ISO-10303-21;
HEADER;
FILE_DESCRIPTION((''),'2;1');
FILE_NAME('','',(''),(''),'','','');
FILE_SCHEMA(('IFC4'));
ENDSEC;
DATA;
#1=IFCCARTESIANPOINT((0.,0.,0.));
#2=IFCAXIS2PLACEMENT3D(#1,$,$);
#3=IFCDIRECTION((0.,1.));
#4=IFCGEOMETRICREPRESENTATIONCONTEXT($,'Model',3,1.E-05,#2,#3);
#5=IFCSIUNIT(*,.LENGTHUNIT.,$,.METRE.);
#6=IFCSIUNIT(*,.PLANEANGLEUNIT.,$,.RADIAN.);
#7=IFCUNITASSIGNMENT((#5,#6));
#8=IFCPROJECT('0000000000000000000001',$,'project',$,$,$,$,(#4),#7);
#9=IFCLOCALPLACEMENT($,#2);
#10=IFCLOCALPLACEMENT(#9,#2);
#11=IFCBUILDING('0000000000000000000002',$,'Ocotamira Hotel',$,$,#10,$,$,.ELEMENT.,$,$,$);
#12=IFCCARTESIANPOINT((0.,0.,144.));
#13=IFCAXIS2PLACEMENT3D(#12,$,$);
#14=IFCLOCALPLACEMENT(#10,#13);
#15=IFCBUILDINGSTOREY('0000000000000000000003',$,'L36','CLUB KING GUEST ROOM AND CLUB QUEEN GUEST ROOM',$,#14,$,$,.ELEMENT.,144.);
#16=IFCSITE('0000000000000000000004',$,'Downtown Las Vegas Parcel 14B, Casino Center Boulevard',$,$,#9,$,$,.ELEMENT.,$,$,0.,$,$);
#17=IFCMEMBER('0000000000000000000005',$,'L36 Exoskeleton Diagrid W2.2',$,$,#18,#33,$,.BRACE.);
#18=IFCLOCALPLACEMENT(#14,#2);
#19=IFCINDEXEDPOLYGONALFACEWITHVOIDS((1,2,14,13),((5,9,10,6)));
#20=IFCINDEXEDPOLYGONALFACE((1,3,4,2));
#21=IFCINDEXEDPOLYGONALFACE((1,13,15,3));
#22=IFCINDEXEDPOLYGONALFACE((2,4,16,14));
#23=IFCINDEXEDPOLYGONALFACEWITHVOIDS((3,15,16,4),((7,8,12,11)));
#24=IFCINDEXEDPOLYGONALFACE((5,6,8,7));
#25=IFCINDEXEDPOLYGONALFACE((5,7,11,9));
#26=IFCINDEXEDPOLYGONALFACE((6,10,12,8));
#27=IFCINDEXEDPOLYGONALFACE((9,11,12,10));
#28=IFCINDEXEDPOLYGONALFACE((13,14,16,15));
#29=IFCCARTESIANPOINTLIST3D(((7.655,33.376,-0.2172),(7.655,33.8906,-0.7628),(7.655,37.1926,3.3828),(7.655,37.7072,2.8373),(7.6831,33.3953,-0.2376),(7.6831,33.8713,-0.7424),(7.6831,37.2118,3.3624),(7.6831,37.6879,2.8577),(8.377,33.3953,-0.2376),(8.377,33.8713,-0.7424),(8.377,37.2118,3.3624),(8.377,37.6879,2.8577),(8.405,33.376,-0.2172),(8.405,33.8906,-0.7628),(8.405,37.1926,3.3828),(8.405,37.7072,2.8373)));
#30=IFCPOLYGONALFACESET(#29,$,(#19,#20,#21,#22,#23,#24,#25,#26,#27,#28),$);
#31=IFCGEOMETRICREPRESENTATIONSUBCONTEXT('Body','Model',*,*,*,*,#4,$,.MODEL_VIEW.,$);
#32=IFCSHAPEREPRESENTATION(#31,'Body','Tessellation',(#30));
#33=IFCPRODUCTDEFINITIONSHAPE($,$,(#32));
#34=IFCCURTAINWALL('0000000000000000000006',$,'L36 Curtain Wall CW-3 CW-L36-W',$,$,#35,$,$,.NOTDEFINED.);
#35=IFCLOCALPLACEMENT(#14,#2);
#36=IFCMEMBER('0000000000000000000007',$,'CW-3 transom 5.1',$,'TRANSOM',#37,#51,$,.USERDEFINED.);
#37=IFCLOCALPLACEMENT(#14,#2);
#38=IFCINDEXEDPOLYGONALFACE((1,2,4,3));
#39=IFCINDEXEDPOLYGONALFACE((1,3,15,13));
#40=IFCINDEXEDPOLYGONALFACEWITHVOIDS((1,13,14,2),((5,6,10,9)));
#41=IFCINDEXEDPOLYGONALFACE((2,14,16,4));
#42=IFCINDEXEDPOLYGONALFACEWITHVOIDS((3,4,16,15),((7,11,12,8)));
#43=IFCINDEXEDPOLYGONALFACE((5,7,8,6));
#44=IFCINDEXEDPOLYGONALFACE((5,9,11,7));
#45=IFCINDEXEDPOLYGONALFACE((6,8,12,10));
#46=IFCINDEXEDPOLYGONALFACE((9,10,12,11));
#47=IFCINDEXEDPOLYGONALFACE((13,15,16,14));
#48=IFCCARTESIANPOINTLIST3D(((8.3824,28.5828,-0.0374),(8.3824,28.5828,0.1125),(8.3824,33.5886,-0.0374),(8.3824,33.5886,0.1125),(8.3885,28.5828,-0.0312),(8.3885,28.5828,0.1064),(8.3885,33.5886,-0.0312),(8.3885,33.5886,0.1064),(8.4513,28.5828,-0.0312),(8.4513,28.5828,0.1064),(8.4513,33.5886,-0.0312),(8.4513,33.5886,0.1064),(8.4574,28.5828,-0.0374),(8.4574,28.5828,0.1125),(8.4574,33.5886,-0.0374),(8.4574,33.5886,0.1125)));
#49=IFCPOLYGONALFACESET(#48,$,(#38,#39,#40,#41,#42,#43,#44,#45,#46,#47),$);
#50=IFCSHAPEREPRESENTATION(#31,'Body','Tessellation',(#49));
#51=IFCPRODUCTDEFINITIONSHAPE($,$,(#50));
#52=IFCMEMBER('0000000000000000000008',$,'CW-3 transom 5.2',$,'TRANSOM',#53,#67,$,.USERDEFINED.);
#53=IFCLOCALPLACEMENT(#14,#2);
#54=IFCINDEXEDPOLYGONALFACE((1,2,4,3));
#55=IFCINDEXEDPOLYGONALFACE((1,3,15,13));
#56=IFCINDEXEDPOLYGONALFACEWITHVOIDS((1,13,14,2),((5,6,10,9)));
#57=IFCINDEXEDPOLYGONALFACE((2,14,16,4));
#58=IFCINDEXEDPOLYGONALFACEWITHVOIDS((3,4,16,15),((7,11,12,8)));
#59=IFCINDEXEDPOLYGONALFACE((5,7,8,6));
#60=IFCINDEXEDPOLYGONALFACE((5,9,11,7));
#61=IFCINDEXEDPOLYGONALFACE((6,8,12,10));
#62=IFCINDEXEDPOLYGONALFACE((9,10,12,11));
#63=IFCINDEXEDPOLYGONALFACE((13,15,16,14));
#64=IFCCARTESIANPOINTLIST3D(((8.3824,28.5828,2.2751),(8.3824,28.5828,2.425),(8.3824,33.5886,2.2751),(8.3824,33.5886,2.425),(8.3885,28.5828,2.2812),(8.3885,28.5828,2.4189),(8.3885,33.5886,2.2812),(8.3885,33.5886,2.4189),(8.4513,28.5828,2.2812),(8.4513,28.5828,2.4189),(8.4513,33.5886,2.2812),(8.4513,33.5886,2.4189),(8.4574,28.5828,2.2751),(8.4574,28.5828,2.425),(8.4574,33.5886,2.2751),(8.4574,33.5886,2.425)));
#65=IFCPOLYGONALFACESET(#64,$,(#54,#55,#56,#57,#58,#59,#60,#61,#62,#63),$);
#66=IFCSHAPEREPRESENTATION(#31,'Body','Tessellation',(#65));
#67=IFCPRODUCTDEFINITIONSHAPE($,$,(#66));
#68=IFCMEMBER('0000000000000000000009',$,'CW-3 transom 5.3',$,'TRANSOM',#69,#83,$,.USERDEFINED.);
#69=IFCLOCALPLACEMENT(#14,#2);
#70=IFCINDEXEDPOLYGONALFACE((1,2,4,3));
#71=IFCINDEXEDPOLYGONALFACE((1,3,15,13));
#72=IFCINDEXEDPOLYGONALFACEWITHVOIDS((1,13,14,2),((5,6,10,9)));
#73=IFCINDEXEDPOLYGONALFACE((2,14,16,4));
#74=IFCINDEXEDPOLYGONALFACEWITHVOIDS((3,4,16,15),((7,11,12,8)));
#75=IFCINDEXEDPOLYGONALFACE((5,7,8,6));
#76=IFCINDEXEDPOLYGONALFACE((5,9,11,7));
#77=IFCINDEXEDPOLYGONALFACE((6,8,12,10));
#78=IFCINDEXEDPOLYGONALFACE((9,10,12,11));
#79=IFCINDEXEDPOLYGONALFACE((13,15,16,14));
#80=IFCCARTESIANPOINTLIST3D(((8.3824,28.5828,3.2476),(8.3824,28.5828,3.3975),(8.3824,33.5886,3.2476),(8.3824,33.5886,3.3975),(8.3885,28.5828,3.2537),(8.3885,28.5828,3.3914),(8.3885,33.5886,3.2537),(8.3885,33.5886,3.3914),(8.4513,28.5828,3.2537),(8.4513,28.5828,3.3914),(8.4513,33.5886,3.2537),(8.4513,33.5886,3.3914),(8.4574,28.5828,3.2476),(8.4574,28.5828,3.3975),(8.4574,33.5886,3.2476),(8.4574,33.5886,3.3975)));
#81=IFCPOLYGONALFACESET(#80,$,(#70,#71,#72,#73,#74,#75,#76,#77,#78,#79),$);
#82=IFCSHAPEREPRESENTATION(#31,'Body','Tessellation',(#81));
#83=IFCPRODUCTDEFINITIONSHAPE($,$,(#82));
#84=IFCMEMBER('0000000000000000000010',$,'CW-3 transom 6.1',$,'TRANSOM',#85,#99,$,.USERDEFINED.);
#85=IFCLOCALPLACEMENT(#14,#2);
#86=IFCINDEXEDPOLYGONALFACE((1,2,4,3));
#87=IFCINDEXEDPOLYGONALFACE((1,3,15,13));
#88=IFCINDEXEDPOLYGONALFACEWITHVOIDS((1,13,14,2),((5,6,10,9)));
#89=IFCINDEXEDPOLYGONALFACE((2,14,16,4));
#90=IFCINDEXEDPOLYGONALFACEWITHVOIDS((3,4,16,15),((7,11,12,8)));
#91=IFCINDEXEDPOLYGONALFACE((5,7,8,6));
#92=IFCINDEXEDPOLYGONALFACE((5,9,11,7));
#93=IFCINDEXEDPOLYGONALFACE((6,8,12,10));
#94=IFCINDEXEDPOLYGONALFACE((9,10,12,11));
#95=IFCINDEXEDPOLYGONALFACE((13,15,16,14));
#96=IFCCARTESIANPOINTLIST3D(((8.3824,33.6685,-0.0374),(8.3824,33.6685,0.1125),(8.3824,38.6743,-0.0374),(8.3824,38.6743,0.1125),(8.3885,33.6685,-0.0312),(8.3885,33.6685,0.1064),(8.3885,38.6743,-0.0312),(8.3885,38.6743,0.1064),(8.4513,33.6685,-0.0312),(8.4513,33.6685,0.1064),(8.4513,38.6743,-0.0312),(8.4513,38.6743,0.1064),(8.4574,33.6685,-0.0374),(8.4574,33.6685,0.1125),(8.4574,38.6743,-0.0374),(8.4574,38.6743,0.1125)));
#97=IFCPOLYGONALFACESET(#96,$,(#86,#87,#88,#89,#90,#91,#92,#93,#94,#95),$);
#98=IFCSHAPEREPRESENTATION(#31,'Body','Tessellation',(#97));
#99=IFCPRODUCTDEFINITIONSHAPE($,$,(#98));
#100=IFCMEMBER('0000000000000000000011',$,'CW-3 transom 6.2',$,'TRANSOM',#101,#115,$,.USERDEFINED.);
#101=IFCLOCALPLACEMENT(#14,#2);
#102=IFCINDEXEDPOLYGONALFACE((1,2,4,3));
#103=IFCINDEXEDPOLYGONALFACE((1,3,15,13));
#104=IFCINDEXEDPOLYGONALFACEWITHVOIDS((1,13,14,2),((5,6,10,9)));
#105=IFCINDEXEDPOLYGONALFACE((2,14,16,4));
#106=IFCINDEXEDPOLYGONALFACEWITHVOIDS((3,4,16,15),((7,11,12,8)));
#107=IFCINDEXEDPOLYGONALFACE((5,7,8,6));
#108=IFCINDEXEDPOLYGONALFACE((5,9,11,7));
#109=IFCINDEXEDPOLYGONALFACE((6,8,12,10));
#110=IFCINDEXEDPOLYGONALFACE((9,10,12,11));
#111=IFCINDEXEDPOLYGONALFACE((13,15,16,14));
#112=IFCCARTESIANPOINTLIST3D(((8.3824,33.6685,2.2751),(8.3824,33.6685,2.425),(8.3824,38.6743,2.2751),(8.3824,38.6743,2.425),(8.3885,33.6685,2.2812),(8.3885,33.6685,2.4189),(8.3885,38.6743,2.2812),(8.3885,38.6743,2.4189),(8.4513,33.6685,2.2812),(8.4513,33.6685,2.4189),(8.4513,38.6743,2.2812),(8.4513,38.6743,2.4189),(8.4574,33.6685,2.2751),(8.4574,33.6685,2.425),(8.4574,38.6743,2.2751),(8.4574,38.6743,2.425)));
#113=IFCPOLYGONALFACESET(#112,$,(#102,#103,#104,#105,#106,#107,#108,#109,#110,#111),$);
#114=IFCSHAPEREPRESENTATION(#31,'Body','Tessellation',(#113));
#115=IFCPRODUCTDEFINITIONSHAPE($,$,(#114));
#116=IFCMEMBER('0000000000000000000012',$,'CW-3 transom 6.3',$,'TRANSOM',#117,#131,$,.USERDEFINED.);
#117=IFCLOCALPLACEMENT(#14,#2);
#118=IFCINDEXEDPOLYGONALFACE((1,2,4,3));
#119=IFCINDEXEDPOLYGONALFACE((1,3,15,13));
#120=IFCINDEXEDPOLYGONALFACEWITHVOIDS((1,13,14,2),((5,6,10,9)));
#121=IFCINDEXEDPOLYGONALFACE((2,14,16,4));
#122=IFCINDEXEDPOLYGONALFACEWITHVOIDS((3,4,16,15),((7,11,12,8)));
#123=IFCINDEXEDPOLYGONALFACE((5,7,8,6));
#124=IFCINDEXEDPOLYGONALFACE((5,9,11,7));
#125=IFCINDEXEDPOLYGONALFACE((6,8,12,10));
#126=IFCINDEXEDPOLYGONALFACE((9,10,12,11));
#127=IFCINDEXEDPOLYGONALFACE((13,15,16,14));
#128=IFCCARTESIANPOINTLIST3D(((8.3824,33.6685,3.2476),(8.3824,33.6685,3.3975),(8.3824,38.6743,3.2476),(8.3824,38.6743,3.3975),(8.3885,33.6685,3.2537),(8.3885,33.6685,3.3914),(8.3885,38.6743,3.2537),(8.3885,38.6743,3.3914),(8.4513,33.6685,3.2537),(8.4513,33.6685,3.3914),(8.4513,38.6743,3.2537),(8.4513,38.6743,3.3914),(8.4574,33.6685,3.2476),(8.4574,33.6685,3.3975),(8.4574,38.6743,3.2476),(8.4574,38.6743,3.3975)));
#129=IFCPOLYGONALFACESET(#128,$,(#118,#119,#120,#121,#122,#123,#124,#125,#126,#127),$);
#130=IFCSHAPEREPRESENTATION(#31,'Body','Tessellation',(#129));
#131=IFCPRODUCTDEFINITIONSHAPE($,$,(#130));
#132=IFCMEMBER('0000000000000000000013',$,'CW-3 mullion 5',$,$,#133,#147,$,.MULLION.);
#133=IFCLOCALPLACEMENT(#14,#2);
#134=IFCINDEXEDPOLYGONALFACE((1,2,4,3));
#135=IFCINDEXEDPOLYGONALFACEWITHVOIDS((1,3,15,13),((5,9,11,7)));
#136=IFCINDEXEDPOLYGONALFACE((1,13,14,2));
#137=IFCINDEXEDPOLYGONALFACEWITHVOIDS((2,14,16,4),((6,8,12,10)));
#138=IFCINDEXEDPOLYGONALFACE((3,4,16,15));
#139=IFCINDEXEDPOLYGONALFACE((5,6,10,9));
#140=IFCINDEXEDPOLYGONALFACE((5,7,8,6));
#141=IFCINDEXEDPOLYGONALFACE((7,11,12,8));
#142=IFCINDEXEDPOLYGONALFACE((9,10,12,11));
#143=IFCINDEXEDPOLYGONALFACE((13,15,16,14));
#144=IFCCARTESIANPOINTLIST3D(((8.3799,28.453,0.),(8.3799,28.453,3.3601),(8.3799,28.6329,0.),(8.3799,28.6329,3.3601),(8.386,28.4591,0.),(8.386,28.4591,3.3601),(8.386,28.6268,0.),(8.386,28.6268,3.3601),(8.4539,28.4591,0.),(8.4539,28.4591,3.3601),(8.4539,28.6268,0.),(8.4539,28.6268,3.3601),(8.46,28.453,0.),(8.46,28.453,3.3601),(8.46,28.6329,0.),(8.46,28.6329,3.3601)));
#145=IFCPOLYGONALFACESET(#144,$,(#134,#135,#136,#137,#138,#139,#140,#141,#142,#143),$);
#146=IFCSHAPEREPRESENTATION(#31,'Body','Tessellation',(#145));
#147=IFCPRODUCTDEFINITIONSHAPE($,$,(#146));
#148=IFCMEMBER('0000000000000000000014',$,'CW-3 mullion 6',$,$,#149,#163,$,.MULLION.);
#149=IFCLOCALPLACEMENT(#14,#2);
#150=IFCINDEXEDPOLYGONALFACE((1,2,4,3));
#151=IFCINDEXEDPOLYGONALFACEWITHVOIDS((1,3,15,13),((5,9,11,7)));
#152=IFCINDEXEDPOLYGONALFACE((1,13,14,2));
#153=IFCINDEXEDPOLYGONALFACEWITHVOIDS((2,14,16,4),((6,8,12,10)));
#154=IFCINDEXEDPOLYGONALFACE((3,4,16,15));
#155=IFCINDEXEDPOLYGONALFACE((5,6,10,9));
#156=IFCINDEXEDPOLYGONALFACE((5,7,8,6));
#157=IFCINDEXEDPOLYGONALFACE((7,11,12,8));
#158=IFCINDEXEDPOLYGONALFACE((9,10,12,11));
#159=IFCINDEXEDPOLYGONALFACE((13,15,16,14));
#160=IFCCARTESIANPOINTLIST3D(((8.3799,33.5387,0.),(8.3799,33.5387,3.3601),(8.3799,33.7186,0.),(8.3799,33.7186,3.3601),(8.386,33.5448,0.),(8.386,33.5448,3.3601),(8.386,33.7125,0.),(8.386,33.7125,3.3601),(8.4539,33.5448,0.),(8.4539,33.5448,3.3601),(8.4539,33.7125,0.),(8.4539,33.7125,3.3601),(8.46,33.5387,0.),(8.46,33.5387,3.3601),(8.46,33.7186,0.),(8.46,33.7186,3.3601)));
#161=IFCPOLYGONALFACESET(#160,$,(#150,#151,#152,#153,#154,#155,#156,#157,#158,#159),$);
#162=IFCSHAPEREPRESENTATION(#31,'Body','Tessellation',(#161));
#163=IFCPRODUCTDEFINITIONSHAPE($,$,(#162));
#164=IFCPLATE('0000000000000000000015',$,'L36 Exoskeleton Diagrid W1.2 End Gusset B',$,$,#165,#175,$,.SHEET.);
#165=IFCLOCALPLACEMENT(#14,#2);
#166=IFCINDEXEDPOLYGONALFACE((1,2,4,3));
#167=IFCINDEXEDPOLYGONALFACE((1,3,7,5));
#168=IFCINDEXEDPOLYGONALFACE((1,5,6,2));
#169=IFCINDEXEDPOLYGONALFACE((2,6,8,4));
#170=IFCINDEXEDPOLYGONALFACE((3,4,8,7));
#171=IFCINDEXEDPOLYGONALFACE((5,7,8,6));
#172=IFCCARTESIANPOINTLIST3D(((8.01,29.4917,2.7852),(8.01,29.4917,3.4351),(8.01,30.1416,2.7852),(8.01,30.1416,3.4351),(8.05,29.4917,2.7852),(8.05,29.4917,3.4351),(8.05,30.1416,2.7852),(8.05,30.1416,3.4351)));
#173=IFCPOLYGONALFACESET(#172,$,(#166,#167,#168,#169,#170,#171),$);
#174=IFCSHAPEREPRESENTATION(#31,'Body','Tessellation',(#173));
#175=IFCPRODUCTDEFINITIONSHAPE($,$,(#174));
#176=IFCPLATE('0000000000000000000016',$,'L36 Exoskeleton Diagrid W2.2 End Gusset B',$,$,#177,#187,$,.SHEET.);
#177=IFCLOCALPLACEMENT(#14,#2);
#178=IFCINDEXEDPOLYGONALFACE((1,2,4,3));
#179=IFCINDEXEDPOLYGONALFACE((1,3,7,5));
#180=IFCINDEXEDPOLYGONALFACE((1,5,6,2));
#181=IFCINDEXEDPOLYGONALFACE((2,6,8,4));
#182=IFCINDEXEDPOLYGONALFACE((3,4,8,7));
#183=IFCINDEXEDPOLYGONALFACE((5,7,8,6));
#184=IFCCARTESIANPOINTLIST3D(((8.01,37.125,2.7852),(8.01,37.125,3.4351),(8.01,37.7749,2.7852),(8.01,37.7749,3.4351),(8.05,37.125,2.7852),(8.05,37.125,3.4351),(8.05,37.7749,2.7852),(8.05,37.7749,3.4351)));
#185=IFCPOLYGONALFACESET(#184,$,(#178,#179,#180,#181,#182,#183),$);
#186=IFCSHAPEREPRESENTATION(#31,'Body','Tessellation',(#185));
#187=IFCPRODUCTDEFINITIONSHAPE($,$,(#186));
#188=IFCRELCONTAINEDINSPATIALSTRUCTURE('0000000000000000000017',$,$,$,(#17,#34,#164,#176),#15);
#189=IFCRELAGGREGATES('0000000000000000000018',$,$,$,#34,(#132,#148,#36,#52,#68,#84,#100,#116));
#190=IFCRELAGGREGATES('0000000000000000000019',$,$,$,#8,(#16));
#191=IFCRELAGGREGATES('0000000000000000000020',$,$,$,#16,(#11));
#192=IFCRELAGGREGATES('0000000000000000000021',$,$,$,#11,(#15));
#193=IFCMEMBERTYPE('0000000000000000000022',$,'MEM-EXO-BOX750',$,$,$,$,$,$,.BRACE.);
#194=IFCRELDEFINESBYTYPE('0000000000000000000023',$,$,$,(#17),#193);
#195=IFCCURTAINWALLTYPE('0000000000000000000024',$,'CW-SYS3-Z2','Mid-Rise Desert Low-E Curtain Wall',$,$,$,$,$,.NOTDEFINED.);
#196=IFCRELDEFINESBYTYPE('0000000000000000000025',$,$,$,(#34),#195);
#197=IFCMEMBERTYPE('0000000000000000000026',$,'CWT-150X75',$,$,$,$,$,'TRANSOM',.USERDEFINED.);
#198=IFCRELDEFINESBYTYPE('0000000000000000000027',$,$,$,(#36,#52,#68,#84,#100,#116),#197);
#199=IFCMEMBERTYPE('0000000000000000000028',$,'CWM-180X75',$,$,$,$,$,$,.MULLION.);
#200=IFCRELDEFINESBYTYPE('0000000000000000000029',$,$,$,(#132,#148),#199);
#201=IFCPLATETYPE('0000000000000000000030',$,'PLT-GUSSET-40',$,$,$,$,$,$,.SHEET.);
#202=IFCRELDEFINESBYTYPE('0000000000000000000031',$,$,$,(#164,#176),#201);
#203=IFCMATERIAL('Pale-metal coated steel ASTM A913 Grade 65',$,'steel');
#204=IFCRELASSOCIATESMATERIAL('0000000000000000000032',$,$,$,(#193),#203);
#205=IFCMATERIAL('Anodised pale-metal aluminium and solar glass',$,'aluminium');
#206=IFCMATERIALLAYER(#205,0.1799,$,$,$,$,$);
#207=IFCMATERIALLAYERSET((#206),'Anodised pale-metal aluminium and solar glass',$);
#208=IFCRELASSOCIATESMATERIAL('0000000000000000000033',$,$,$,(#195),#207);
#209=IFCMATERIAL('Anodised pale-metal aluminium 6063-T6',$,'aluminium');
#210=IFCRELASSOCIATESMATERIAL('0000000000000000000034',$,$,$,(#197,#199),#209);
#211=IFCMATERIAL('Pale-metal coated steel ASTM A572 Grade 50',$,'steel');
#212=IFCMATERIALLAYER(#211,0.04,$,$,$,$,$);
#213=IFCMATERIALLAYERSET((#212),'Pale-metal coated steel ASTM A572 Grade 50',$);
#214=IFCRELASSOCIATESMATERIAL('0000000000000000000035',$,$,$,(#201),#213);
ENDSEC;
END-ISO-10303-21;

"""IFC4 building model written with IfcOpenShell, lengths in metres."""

from ifc_helpers import new_model, si_unit, direction, frame, origin, origin_2d, place, context, subcontext, project, spatial, rectangle, hollow_rectangle, extrude, source, transform, mapped, material, layer, layer_set, material_profile, profile_set, type_object, element, aggregate, save


model = new_model("IFC4")

# Units and contexts
model_context = context("Model", 3, precision=1e-05, world=origin(), true_north=direction((0.0, 1.0)))
body_context = subcontext(model_context, "Body", "Model", "MODEL_VIEW")
ifc_project = project(units=[si_unit("LENGTHUNIT", "METRE"), si_unit("PLANEANGLEUNIT", "RADIAN")], contexts=[model_context])

# Site, building, storey
site_placement = place(None, origin())
site = spatial("IfcSite", under=ifc_project, at=site_placement, Name="Downtown Las Vegas Parcel 14B, Casino Center Boulevard", CompositionType="ELEMENT", RefElevation=0.0)
building_placement = place(site_placement, origin())
building = spatial("IfcBuilding", under=site, at=building_placement, Name="Ocotamira Hotel", CompositionType="ELEMENT")
storey_placement = place(building_placement, frame((0.0, 0.0, 144.0)))
storey = spatial("IfcBuildingStorey", under=building, at=storey_placement, Name="L36", Description="CLUB KING GUEST ROOM AND CLUB QUEEN GUEST ROOM", CompositionType="ELEMENT", Elevation=144.0)

# Member
ifc_material_1 = material(Name="Pale-metal coated steel ASTM A913 Grade 65", Category="steel")
ifc_material_profile_1 = material_profile(ifc_material_1, hollow_rectangle(XDim=0.75, YDim=0.75, WallThickness=0.0281, at=origin_2d()), Name="BOX750X750X28")
ifc_profile_set_1 = profile_set([ifc_material_profile_1], Name="Pale-metal coated steel ASTM A913 Grade 65")
member_type_1 = type_object("IfcMemberType", Name="MEM-EXO-BOX750", PredefinedType="BRACE", material=ifc_profile_set_1)
shared_shape_1 = source(origin(), body_context, "Body", "SweptSolid", [
    extrude(hollow_rectangle(XDim=0.75, YDim=0.75, WallThickness=0.0281, at=origin_2d()), origin(), (0.0, 0.0, 1.0), 5.2466),
])
for number, where, z_axis, x_axis, name in (
    (1, (8.03, 33.6333, -0.49), (0.0, 0.727443, 0.686168), (-1.0, 0.0, 0.0), "L36 Exoskeleton Diagrid W2.2"),
):
    element("IfcMember", number, at=place(storey_placement, frame(where, z_axis=z_axis, x_axis=x_axis)), inside=storey, type_object=member_type_1, Name=name, PredefinedType="BRACE", context=body_context, shape_type="MappedRepresentation", body=[
        mapped(shared_shape_1, transform((0.0, 0.0, 0.0), scale=1.0)),
    ])

# Curtain wall, members
ifc_material_2 = material(Name="Anodised pale-metal aluminium and solar glass", Category="aluminium")
ifc_layer_1 = layer(ifc_material_2, 0.1799)
ifc_layer_set_1 = layer_set([ifc_layer_1], Name="Anodised pale-metal aluminium and solar glass")
curtain_wall_type = type_object("IfcCurtainWallType", Name="CW-SYS3-Z2", Description="Mid-Rise Desert Low-E Curtain Wall", PredefinedType="NOTDEFINED", material=ifc_layer_set_1)
curtain_wall_placement = place(storey_placement, origin())
curtain_wall = element("IfcCurtainWall", 2, at=curtain_wall_placement, inside=storey, type_object=curtain_wall_type, Name="L36 Curtain Wall CW-3 CW-L36-W", PredefinedType="NOTDEFINED")
ifc_material_3 = material(Name="Anodised pale-metal aluminium 6063-T6", Category="aluminium")
ifc_material_profile_2 = material_profile(ifc_material_3, hollow_rectangle(XDim=0.075, YDim=0.1499, WallThickness=0.0061, at=origin_2d()), Name="HSS150X75X6")
ifc_profile_set_2 = profile_set([ifc_material_profile_2], Name="Anodised pale-metal aluminium 6063-T6")
member_type_2 = type_object("IfcMemberType", Name="CWT-150X75", ElementType="TRANSOM", PredefinedType="USERDEFINED", material=ifc_profile_set_2)
shared_shape_2 = source(origin(), body_context, "Body", "SweptSolid", [
    extrude(hollow_rectangle(XDim=0.075, YDim=0.1499, WallThickness=0.0061, at=origin_2d()), origin(), (0.0, 0.0, 1.0), 5.0059),
])
member_1_placement = place(storey_placement, frame((8.4199, 28.5828, 0.0376), z_axis=(0.0, 1.0, 0.0), x_axis=(-1.0, 0.0, 0.0)))
member_1 = element("IfcMember", 3, at=member_1_placement, type_object=member_type_2, Name="CW-3 transom 5.1", ObjectType="TRANSOM", PredefinedType="USERDEFINED", context=body_context, shape_type="MappedRepresentation", body=[
    mapped(shared_shape_2, transform((0.0, 0.0, 0.0), scale=1.0)),
])
member_2_placement = place(storey_placement, frame((8.4199, 28.5828, 2.3501), z_axis=(0.0, 1.0, 0.0), x_axis=(-1.0, 0.0, 0.0)))
member_2 = element("IfcMember", 4, at=member_2_placement, type_object=member_type_2, Name="CW-3 transom 5.2", ObjectType="TRANSOM", PredefinedType="USERDEFINED", context=body_context, shape_type="MappedRepresentation", body=[
    mapped(shared_shape_2, transform((0.0, 0.0, 0.0), scale=1.0)),
])
member_3_placement = place(storey_placement, frame((8.4199, 28.5828, 3.3225), z_axis=(0.0, 1.0, 0.0), x_axis=(-1.0, 0.0, 0.0)))
member_3 = element("IfcMember", 5, at=member_3_placement, type_object=member_type_2, Name="CW-3 transom 5.3", ObjectType="TRANSOM", PredefinedType="USERDEFINED", context=body_context, shape_type="MappedRepresentation", body=[
    mapped(shared_shape_2, transform((0.0, 0.0, 0.0), scale=1.0)),
])
member_4_placement = place(storey_placement, frame((8.4199, 33.6685, 0.0376), z_axis=(0.0, 1.0, 0.0), x_axis=(-1.0, 0.0, 0.0)))
member_4 = element("IfcMember", 6, at=member_4_placement, type_object=member_type_2, Name="CW-3 transom 6.1", ObjectType="TRANSOM", PredefinedType="USERDEFINED", context=body_context, shape_type="MappedRepresentation", body=[
    mapped(shared_shape_2, transform((0.0, 0.0, 0.0), scale=1.0)),
])
member_5_placement = place(storey_placement, frame((8.4199, 33.6685, 2.3501), z_axis=(0.0, 1.0, 0.0), x_axis=(-1.0, 0.0, 0.0)))
member_5 = element("IfcMember", 7, at=member_5_placement, type_object=member_type_2, Name="CW-3 transom 6.2", ObjectType="TRANSOM", PredefinedType="USERDEFINED", context=body_context, shape_type="MappedRepresentation", body=[
    mapped(shared_shape_2, transform((0.0, 0.0, 0.0), scale=1.0)),
])
member_6_placement = place(storey_placement, frame((8.4199, 33.6685, 3.3225), z_axis=(0.0, 1.0, 0.0), x_axis=(-1.0, 0.0, 0.0)))
member_6 = element("IfcMember", 8, at=member_6_placement, type_object=member_type_2, Name="CW-3 transom 6.3", ObjectType="TRANSOM", PredefinedType="USERDEFINED", context=body_context, shape_type="MappedRepresentation", body=[
    mapped(shared_shape_2, transform((0.0, 0.0, 0.0), scale=1.0)),
])
ifc_material_profile_3 = material_profile(ifc_material_3, hollow_rectangle(XDim=0.0801, YDim=0.1799, WallThickness=0.0061, at=origin_2d()), Name="HSS180X80X6")
ifc_profile_set_3 = profile_set([ifc_material_profile_3], Name="Anodised pale-metal aluminium 6063-T6")
member_type_3 = type_object("IfcMemberType", Name="CWM-180X75", PredefinedType="MULLION", material=ifc_profile_set_3)
shared_shape_3 = source(origin(), body_context, "Body", "SweptSolid", [
    extrude(hollow_rectangle(XDim=0.0801, YDim=0.1799, WallThickness=0.0061, at=origin_2d()), origin(), (0.0, 0.0, 1.0), 3.3601),
])
member_7_placement = place(storey_placement, frame((8.4199, 28.543, 0.0), z_axis=(0.0, 0.0, 1.0), x_axis=(-1.0, 0.0, 0.0)))
member_7 = element("IfcMember", 9, at=member_7_placement, type_object=member_type_3, Name="CW-3 mullion 5", PredefinedType="MULLION", context=body_context, shape_type="MappedRepresentation", body=[
    mapped(shared_shape_3, transform((0.0, 0.0, 0.0), scale=1.0)),
])
member_8_placement = place(storey_placement, frame((8.4199, 33.6287, 0.0), z_axis=(0.0, 0.0, 1.0), x_axis=(-1.0, 0.0, 0.0)))
member_8 = element("IfcMember", 10, at=member_8_placement, type_object=member_type_3, Name="CW-3 mullion 6", PredefinedType="MULLION", context=body_context, shape_type="MappedRepresentation", body=[
    mapped(shared_shape_3, transform((0.0, 0.0, 0.0), scale=1.0)),
])

# Plates
ifc_material_4 = material(Name="Pale-metal coated steel ASTM A572 Grade 50", Category="steel")
ifc_layer_2 = layer(ifc_material_4, 0.04)
ifc_layer_set_2 = layer_set([ifc_layer_2], Name="Pale-metal coated steel ASTM A572 Grade 50")
plate_type_1 = type_object("IfcPlateType", Name="PLT-GUSSET-40", PredefinedType="SHEET", material=ifc_layer_set_2)
shared_shape_4 = source(origin(), body_context, "Body", "SweptSolid", [
    extrude(rectangle(XDim=0.04, YDim=0.6499, at=origin_2d()), origin(), (0.0, 0.0, 1.0), 0.6499),
])
for number, where, z_axis, x_axis, name in (
    (11, (8.03, 29.8167, 2.7852), (0.0, 0.0, 1.0), (1.0, 0.0, 0.0), "L36 Exoskeleton Diagrid W1.2 End Gusset B"),
    (12, (8.03, 37.45, 2.7852), (0.0, 0.0, 1.0), (1.0, 0.0, 0.0), "L36 Exoskeleton Diagrid W2.2 End Gusset B"),
):
    element("IfcPlate", number, at=place(storey_placement, frame(where, z_axis=z_axis, x_axis=x_axis)), inside=storey, type_object=plate_type_1, Name=name, PredefinedType="SHEET", context=body_context, shape_type="MappedRepresentation", body=[
        mapped(shared_shape_4, transform((0.0, 0.0, 0.0), scale=1.0)),
    ])

aggregate(curtain_wall, [member_7, member_8, member_1, member_2, member_3, member_4, member_5, member_6])

save(model, "model.ifc")
